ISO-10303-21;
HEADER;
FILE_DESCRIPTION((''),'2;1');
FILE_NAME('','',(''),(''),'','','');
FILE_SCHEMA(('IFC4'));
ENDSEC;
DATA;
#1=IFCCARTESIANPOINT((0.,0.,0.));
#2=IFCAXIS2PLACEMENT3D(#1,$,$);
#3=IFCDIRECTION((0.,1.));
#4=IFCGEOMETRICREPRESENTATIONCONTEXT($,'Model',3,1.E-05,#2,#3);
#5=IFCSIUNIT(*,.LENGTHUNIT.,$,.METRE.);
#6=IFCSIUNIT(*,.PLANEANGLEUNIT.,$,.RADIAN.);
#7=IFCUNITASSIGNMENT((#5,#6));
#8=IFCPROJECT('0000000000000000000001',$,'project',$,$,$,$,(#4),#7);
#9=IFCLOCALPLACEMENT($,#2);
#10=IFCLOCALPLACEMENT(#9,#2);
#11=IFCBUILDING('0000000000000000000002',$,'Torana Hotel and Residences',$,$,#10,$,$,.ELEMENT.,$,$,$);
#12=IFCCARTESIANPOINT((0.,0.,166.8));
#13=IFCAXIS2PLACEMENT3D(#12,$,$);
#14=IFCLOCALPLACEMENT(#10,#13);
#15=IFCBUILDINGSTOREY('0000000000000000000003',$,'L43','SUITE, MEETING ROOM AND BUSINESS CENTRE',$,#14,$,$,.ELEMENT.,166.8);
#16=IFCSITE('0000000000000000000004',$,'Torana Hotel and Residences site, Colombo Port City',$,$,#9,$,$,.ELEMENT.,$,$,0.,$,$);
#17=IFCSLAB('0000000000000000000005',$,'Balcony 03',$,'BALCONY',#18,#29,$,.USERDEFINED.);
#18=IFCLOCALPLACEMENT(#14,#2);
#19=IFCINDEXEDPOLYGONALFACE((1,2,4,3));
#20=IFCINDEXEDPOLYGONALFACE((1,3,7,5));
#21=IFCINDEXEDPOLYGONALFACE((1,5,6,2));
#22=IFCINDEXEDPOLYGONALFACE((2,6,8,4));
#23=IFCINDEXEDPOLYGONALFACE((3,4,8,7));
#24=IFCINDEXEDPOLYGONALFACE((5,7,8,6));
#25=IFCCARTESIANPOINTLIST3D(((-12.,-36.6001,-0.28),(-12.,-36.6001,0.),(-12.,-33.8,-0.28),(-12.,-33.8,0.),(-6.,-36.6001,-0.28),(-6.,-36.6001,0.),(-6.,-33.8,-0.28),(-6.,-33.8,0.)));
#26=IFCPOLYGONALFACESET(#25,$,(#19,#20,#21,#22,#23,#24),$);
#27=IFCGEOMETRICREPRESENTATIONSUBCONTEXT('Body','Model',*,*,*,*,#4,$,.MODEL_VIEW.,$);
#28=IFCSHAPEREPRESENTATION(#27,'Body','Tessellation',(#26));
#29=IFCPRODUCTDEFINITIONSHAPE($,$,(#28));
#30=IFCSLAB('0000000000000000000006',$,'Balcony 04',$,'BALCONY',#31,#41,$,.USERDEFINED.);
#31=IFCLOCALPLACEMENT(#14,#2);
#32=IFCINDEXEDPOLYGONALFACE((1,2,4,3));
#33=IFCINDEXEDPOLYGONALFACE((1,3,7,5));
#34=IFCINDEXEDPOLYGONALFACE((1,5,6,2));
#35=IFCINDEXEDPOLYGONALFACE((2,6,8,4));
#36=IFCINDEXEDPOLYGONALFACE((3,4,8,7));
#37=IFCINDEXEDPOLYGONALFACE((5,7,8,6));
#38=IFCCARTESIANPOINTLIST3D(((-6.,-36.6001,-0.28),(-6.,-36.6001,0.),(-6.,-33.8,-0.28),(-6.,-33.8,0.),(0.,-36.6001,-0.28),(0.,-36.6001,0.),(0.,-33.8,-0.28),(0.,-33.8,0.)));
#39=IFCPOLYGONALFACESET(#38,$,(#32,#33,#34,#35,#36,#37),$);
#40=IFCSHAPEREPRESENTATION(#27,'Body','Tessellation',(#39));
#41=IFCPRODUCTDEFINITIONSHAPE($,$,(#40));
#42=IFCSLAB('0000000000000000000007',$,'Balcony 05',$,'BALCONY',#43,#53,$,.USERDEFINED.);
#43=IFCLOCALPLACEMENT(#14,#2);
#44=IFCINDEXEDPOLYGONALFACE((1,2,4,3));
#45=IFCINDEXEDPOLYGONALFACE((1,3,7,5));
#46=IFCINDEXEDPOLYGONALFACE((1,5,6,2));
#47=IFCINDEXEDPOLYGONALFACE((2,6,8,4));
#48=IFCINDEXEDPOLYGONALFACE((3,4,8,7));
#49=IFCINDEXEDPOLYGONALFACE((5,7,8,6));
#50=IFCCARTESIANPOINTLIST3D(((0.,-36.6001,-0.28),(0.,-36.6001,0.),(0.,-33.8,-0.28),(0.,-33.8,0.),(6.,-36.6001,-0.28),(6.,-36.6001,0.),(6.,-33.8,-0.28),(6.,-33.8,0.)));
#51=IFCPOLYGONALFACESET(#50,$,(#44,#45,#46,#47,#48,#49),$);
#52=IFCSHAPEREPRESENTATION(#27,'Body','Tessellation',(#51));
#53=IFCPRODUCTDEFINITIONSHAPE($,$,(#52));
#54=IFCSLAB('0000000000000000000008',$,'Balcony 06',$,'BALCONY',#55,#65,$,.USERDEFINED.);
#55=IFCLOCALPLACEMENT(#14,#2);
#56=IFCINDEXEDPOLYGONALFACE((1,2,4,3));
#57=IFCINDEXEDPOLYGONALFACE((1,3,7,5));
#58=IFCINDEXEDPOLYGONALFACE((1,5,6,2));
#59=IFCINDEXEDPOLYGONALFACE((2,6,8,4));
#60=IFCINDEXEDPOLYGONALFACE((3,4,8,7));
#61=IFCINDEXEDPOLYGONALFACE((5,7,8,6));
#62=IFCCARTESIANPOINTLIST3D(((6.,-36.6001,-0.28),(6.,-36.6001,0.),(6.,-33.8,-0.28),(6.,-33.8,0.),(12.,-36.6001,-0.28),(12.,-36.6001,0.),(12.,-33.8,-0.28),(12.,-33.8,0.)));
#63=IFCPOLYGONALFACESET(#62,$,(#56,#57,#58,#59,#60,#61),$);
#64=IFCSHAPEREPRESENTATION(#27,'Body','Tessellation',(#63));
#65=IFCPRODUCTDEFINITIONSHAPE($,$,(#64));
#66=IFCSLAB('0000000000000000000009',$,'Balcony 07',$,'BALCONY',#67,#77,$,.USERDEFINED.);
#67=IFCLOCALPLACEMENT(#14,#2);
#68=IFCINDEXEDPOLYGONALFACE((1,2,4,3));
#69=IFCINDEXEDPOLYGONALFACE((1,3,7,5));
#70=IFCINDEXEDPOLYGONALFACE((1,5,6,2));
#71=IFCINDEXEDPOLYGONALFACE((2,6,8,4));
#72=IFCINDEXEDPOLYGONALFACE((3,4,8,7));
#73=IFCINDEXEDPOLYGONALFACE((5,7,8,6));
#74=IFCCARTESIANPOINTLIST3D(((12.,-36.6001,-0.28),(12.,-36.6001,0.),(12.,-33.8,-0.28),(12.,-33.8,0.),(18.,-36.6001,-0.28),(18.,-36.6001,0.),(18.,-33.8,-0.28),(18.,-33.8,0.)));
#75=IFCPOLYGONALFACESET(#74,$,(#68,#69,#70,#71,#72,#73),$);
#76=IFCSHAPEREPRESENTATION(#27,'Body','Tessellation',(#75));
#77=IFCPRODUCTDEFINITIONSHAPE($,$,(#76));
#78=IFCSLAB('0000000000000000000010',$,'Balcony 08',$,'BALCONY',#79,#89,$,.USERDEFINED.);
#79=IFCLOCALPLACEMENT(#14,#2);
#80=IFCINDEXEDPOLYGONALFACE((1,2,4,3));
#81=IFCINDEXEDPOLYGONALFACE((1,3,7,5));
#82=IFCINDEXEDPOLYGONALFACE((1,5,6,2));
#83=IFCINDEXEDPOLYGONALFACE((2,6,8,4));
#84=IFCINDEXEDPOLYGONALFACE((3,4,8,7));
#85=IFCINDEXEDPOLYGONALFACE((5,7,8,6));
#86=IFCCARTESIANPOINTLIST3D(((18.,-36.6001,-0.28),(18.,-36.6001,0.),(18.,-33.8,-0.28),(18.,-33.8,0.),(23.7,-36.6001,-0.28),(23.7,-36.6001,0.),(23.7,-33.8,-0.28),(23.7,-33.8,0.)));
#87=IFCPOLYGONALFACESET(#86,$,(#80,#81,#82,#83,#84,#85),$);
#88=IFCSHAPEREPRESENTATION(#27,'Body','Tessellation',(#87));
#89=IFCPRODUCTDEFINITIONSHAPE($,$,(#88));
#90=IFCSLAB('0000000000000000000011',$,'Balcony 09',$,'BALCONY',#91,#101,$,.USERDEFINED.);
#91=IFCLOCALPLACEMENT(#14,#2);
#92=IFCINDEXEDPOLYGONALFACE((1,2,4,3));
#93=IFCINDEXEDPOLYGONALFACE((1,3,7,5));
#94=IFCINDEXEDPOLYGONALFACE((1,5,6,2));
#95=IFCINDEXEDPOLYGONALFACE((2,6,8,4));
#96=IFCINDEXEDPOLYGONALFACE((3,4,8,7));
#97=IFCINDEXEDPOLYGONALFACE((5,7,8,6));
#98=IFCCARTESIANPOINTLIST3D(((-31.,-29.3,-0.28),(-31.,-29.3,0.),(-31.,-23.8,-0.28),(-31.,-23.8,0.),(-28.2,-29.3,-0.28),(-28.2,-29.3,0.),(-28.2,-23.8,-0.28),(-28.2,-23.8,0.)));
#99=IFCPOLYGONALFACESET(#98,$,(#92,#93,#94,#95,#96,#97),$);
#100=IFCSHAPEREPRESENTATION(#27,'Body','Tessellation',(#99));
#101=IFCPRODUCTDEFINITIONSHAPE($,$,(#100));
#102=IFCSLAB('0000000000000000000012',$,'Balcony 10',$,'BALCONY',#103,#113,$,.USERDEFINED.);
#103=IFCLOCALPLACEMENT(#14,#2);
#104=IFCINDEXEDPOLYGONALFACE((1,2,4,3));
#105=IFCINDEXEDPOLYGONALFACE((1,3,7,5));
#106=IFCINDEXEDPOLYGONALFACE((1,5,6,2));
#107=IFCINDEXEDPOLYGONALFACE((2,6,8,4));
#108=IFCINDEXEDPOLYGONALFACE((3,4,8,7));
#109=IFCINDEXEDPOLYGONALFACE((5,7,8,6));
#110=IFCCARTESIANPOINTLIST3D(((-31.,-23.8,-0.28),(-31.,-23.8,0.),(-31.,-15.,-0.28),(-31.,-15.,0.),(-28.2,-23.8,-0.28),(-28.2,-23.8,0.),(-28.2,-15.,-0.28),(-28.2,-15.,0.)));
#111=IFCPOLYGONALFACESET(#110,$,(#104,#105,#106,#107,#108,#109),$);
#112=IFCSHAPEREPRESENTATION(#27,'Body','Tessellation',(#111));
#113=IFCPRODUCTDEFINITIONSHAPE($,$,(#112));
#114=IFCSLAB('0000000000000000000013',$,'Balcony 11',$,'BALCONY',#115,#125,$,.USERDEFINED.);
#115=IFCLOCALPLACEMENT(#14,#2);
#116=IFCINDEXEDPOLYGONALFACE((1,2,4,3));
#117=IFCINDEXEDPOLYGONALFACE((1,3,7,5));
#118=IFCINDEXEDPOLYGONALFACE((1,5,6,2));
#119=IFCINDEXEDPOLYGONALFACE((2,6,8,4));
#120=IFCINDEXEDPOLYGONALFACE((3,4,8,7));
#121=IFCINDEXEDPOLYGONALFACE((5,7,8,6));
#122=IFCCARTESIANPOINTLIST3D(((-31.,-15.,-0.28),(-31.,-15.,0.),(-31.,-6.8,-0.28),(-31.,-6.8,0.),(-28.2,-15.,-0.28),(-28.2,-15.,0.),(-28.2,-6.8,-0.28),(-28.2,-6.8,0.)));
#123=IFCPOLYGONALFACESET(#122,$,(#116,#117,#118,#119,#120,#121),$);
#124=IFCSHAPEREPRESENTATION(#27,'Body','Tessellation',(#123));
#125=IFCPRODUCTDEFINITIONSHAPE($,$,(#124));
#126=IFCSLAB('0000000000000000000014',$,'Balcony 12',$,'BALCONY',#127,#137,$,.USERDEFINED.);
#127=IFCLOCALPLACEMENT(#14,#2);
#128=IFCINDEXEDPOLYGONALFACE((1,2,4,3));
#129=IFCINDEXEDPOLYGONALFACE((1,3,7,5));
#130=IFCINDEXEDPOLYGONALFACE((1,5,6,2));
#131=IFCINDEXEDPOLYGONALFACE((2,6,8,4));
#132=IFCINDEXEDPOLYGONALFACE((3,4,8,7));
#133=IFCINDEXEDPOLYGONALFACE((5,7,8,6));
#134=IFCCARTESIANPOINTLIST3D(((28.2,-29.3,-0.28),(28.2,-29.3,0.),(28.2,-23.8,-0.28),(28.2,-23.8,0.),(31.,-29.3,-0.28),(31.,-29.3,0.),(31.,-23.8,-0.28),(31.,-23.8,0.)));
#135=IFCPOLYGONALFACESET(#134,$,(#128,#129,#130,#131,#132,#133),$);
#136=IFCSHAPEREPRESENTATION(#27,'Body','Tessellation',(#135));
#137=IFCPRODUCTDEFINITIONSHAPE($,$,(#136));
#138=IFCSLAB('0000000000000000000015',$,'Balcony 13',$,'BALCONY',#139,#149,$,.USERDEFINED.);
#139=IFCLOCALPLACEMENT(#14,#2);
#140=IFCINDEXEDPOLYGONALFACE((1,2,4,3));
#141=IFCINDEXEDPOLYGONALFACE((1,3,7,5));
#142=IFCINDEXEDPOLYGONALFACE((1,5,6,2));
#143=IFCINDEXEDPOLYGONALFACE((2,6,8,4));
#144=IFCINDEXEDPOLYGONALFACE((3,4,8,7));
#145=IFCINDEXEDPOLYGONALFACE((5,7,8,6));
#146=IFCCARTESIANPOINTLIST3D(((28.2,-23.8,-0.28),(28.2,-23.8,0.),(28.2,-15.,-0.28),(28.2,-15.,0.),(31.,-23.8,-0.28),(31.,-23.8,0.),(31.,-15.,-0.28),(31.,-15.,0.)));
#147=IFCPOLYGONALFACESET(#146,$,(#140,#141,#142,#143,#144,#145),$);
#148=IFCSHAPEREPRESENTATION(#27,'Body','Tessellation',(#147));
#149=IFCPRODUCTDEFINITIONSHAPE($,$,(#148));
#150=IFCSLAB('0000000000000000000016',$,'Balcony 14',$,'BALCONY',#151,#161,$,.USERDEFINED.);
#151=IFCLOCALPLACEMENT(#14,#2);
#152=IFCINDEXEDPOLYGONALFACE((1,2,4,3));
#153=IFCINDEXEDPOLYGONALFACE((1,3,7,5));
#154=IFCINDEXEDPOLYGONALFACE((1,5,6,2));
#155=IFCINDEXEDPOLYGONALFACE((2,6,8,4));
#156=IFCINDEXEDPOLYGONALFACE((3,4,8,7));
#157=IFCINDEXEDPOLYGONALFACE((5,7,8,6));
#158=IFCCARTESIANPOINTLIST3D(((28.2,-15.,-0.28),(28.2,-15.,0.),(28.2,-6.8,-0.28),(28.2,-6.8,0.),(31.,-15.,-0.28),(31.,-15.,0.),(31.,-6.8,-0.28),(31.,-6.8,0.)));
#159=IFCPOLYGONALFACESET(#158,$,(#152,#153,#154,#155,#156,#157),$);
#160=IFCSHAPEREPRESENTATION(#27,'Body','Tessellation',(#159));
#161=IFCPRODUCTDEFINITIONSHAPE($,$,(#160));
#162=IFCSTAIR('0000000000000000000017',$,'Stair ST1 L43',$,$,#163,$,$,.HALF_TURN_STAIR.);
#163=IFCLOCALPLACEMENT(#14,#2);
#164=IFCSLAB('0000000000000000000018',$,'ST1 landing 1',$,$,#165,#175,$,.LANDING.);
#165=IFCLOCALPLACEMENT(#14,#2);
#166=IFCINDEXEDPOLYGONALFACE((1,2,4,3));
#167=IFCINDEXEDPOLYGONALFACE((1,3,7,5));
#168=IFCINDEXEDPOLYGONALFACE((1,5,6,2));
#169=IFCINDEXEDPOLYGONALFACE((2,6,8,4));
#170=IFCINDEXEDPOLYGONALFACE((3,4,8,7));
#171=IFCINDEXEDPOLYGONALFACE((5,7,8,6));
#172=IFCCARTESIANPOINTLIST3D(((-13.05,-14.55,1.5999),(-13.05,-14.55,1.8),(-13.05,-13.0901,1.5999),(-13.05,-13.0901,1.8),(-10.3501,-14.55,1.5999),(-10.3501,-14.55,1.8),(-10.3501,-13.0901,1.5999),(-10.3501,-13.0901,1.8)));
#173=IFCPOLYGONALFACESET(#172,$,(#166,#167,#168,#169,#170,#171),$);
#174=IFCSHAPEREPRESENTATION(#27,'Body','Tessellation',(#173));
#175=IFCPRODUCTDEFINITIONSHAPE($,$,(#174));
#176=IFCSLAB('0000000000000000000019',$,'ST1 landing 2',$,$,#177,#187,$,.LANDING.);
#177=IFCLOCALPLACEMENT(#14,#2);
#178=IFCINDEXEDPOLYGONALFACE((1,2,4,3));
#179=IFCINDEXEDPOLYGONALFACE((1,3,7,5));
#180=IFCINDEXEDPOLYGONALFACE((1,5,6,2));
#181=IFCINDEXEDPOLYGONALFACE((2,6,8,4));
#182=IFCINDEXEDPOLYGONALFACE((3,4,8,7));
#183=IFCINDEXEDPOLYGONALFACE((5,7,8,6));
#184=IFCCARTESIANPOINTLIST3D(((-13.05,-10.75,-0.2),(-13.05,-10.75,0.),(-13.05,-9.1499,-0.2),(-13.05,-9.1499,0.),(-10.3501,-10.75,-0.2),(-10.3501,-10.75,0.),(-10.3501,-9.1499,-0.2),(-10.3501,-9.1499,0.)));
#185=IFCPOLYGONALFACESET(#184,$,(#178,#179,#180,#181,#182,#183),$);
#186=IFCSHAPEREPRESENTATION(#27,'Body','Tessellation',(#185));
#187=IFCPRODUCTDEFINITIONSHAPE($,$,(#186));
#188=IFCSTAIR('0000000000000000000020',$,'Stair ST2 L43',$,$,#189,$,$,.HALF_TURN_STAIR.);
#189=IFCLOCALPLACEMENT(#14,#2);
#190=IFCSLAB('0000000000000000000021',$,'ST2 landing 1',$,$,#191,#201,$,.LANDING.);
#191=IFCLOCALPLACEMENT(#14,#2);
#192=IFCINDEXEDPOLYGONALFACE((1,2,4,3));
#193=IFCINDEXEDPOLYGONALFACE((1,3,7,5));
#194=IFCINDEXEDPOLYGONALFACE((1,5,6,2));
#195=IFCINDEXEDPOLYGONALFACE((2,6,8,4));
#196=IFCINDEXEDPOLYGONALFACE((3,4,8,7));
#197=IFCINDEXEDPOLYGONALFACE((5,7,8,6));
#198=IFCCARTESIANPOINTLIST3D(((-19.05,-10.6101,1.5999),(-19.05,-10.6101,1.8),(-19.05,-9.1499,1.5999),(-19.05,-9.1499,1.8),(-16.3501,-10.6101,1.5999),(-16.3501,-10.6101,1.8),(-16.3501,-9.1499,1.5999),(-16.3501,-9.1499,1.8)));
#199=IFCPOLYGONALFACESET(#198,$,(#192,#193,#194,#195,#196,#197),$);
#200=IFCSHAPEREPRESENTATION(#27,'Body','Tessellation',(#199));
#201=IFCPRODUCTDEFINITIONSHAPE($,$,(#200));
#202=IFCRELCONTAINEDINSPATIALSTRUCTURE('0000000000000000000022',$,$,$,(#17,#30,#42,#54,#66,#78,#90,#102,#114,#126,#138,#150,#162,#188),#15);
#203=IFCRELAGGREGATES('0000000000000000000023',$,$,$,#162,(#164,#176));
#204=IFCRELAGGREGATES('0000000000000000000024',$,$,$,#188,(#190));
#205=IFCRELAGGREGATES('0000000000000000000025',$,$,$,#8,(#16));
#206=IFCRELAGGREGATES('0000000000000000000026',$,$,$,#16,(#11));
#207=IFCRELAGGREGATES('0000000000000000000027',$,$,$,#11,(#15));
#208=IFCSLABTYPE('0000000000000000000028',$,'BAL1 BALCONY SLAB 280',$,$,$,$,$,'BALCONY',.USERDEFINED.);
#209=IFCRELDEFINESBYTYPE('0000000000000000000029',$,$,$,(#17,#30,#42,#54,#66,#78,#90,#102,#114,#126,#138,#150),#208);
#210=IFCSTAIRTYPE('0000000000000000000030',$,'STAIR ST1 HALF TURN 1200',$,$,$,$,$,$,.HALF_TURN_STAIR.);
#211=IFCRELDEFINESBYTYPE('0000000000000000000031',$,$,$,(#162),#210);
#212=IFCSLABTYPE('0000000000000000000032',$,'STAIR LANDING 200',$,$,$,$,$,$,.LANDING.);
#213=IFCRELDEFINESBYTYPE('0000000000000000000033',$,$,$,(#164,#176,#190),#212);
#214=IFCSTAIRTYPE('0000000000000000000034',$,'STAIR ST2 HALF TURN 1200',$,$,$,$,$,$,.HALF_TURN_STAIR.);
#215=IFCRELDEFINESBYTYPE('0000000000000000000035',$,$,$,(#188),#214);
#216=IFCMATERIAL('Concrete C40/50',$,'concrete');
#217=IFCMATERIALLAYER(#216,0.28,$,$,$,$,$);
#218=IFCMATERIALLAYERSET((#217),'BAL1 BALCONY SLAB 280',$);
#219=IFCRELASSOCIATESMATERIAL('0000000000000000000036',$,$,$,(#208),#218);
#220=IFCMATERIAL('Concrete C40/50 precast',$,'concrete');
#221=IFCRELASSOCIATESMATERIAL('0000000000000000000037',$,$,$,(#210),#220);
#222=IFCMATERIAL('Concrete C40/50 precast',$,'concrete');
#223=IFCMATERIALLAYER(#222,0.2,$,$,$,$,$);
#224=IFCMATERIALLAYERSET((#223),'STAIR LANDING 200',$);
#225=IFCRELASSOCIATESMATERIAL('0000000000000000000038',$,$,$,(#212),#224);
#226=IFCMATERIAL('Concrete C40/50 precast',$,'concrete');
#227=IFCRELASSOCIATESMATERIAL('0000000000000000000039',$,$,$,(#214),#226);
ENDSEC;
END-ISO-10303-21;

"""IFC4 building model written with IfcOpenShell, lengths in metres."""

from ifc_helpers import new_model, si_unit, direction, frame, origin, place, context, subcontext, project, spatial, polyline, outline, extrude, material, layer, layer_set, type_object, element, aggregate, save


model = new_model("IFC4")

# Units and contexts
model_context = context("Model", 3, precision=1e-05, world=origin(), true_north=direction((0.0, 1.0)))
body_context = subcontext(model_context, "Body", "Model", "MODEL_VIEW")
ifc_project = project(units=[si_unit("LENGTHUNIT", "METRE"), si_unit("PLANEANGLEUNIT", "RADIAN")], contexts=[model_context])

# Site, building, storey
site_placement = place(None, origin())
site = spatial("IfcSite", under=ifc_project, at=site_placement, Name="Torana Hotel and Residences site, Colombo Port City", CompositionType="ELEMENT", RefElevation=0.0)
building_placement = place(site_placement, origin())
building = spatial("IfcBuilding", under=site, at=building_placement, Name="Torana Hotel and Residences", CompositionType="ELEMENT")
storey_placement = place(building_placement, frame((0.0, 0.0, 166.8)))
storey = spatial("IfcBuildingStorey", under=building, at=storey_placement, Name="L43", Description="SUITE, MEETING ROOM AND BUSINESS CENTRE", CompositionType="ELEMENT", Elevation=166.8)

# Slabs
ifc_material_1 = material(Name="Concrete C40/50", Category="concrete")
ifc_layer_1 = layer(ifc_material_1, 0.28)
ifc_layer_set_1 = layer_set([ifc_layer_1], Name="BAL1 BALCONY SLAB 280")
slab_type_1 = type_object("IfcSlabType", Name="BAL1 BALCONY SLAB 280", ElementType="BALCONY", PredefinedType="USERDEFINED", material=ifc_layer_set_1)
slab_1_placement = place(storey_placement, frame((0.0, 0.0, -0.28)))
element("IfcSlab", 1, at=slab_1_placement, inside=storey, type_object=slab_type_1, Name="Balcony 03", ObjectType="BALCONY", PredefinedType="USERDEFINED", context=body_context, shape_type="SweptSolid", body=[
    extrude(outline(polyline([(-12.0, -36.6001), (-6.0, -36.6001), (-6.0, -33.8), (-12.0, -33.8), (-12.0, -36.6001)])), origin(), (0.0, 0.0, 1.0), 0.28),
])
slab_2_placement = place(storey_placement, frame((0.0, 0.0, -0.28)))
element("IfcSlab", 2, at=slab_2_placement, inside=storey, type_object=slab_type_1, Name="Balcony 04", ObjectType="BALCONY", PredefinedType="USERDEFINED", context=body_context, shape_type="SweptSolid", body=[
    extrude(outline(polyline([(-6.0, -36.6001), (0.0, -36.6001), (0.0, -33.8), (-6.0, -33.8), (-6.0, -36.6001)])), origin(), (0.0, 0.0, 1.0), 0.28),
])
slab_3_placement = place(storey_placement, frame((0.0, 0.0, -0.28)))
element("IfcSlab", 3, at=slab_3_placement, inside=storey, type_object=slab_type_1, Name="Balcony 05", ObjectType="BALCONY", PredefinedType="USERDEFINED", context=body_context, shape_type="SweptSolid", body=[
    extrude(outline(polyline([(0.0, -36.6001), (6.0, -36.6001), (6.0, -33.8), (0.0, -33.8), (0.0, -36.6001)])), origin(), (0.0, 0.0, 1.0), 0.28),
])
slab_4_placement = place(storey_placement, frame((0.0, 0.0, -0.28)))
element("IfcSlab", 4, at=slab_4_placement, inside=storey, type_object=slab_type_1, Name="Balcony 06", ObjectType="BALCONY", PredefinedType="USERDEFINED", context=body_context, shape_type="SweptSolid", body=[
    extrude(outline(polyline([(6.0, -36.6001), (12.0, -36.6001), (12.0, -33.8), (6.0, -33.8), (6.0, -36.6001)])), origin(), (0.0, 0.0, 1.0), 0.28),
])
slab_5_placement = place(storey_placement, frame((0.0, 0.0, -0.28)))
element("IfcSlab", 5, at=slab_5_placement, inside=storey, type_object=slab_type_1, Name="Balcony 07", ObjectType="BALCONY", PredefinedType="USERDEFINED", context=body_context, shape_type="SweptSolid", body=[
    extrude(outline(polyline([(12.0, -36.6001), (18.0, -36.6001), (18.0, -33.8), (12.0, -33.8), (12.0, -36.6001)])), origin(), (0.0, 0.0, 1.0), 0.28),
])
slab_6_placement = place(storey_placement, frame((0.0, 0.0, -0.28)))
element("IfcSlab", 6, at=slab_6_placement, inside=storey, type_object=slab_type_1, Name="Balcony 08", ObjectType="BALCONY", PredefinedType="USERDEFINED", context=body_context, shape_type="SweptSolid", body=[
    extrude(outline(polyline([(18.0, -36.6001), (23.7, -36.6001), (23.7, -33.8), (18.0, -33.8), (18.0, -36.6001)])), origin(), (0.0, 0.0, 1.0), 0.28),
])
slab_7_placement = place(storey_placement, frame((0.0, 0.0, -0.28)))
element("IfcSlab", 7, at=slab_7_placement, inside=storey, type_object=slab_type_1, Name="Balcony 09", ObjectType="BALCONY", PredefinedType="USERDEFINED", context=body_context, shape_type="SweptSolid", body=[
    extrude(outline(polyline([(-31.0, -29.3), (-28.2, -29.3), (-28.2, -23.8), (-31.0, -23.8), (-31.0, -29.3)])), origin(), (0.0, 0.0, 1.0), 0.28),
])
slab_8_placement = place(storey_placement, frame((0.0, 0.0, -0.28)))
element("IfcSlab", 8, at=slab_8_placement, inside=storey, type_object=slab_type_1, Name="Balcony 10", ObjectType="BALCONY", PredefinedType="USERDEFINED", context=body_context, shape_type="SweptSolid", body=[
    extrude(outline(polyline([(-31.0, -23.8), (-28.2, -23.8), (-28.2, -15.0), (-31.0, -15.0), (-31.0, -23.8)])), origin(), (0.0, 0.0, 1.0), 0.28),
])
slab_9_placement = place(storey_placement, frame((0.0, 0.0, -0.28)))
element("IfcSlab", 9, at=slab_9_placement, inside=storey, type_object=slab_type_1, Name="Balcony 11", ObjectType="BALCONY", PredefinedType="USERDEFINED", context=body_context, shape_type="SweptSolid", body=[
    extrude(outline(polyline([(-31.0, -15.0), (-28.2, -15.0), (-28.2, -6.8), (-31.0, -6.8), (-31.0, -15.0)])), origin(), (0.0, 0.0, 1.0), 0.28),
])
slab_10_placement = place(storey_placement, frame((0.0, 0.0, -0.28)))
element("IfcSlab", 10, at=slab_10_placement, inside=storey, type_object=slab_type_1, Name="Balcony 12", ObjectType="BALCONY", PredefinedType="USERDEFINED", context=body_context, shape_type="SweptSolid", body=[
    extrude(outline(polyline([(28.2, -29.3), (31.0, -29.3), (31.0, -23.8), (28.2, -23.8), (28.2, -29.3)])), origin(), (0.0, 0.0, 1.0), 0.28),
])
slab_11_placement = place(storey_placement, frame((0.0, 0.0, -0.28)))
element("IfcSlab", 11, at=slab_11_placement, inside=storey, type_object=slab_type_1, Name="Balcony 13", ObjectType="BALCONY", PredefinedType="USERDEFINED", context=body_context, shape_type="SweptSolid", body=[
    extrude(outline(polyline([(28.2, -23.8), (31.0, -23.8), (31.0, -15.0), (28.2, -15.0), (28.2, -23.8)])), origin(), (0.0, 0.0, 1.0), 0.28),
])
slab_12_placement = place(storey_placement, frame((0.0, 0.0, -0.28)))
element("IfcSlab", 12, at=slab_12_placement, inside=storey, type_object=slab_type_1, Name="Balcony 14", ObjectType="BALCONY", PredefinedType="USERDEFINED", context=body_context, shape_type="SweptSolid", body=[
    extrude(outline(polyline([(28.2, -15.0), (31.0, -15.0), (31.0, -6.8), (28.2, -6.8), (28.2, -15.0)])), origin(), (0.0, 0.0, 1.0), 0.28),
])

# Stairs, slabs
ifc_material_2 = material(Name="Concrete C40/50 precast", Category="concrete")
stair_type_1 = type_object("IfcStairType", Name="STAIR ST1 HALF TURN 1200", PredefinedType="HALF_TURN_STAIR", material=ifc_material_2)
stair_1_placement = place(storey_placement, origin())
stair_1 = element("IfcStair", 13, at=stair_1_placement, inside=storey, type_object=stair_type_1, Name="Stair ST1 L43", PredefinedType="HALF_TURN_STAIR")
ifc_material_3 = material(Name="Concrete C40/50 precast", Category="concrete")
ifc_layer_2 = layer(ifc_material_3, 0.2)
ifc_layer_set_2 = layer_set([ifc_layer_2], Name="STAIR LANDING 200")
slab_type_2 = type_object("IfcSlabType", Name="STAIR LANDING 200", PredefinedType="LANDING", material=ifc_layer_set_2)
slab_13_placement = place(storey_placement, frame((0.0, 0.0, 1.5999)))
slab_13 = element("IfcSlab", 14, at=slab_13_placement, type_object=slab_type_2, Name="ST1 landing 1", PredefinedType="LANDING", context=body_context, shape_type="SweptSolid", body=[
    extrude(outline(polyline([(-13.05, -14.55), (-10.3501, -14.55), (-10.3501, -13.0901), (-13.05, -13.0901), (-13.05, -14.55)])), origin(), (0.0, 0.0, 1.0), 0.2002),
])
slab_14_placement = place(storey_placement, frame((0.0, 0.0, -0.2)))
slab_14 = element("IfcSlab", 15, at=slab_14_placement, type_object=slab_type_2, Name="ST1 landing 2", PredefinedType="LANDING", context=body_context, shape_type="SweptSolid", body=[
    extrude(outline(polyline([(-13.05, -10.75), (-10.3501, -10.75), (-10.3501, -9.1499), (-13.05, -9.1499), (-13.05, -10.75)])), origin(), (0.0, 0.0, 1.0), 0.2),
])
aggregate(stair_1, [slab_13, slab_14])
ifc_material_4 = material(Name="Concrete C40/50 precast", Category="concrete")
stair_type_2 = type_object("IfcStairType", Name="STAIR ST2 HALF TURN 1200", PredefinedType="HALF_TURN_STAIR", material=ifc_material_4)
stair_2_placement = place(storey_placement, origin())
stair_2 = element("IfcStair", 16, at=stair_2_placement, inside=storey, type_object=stair_type_2, Name="Stair ST2 L43", PredefinedType="HALF_TURN_STAIR")
slab_15_placement = place(storey_placement, frame((0.0, 0.0, 1.5999)))
slab_15 = element("IfcSlab", 17, at=slab_15_placement, type_object=slab_type_2, Name="ST2 landing 1", PredefinedType="LANDING", context=body_context, shape_type="SweptSolid", body=[
    extrude(outline(polyline([(-19.05, -10.6101), (-16.3501, -10.6101), (-16.3501, -9.1499), (-19.05, -9.1499), (-19.05, -10.6101)])), origin(), (0.0, 0.0, 1.0), 0.2002),
])
aggregate(stair_2, [slab_15])

save(model, "model.ifc")
